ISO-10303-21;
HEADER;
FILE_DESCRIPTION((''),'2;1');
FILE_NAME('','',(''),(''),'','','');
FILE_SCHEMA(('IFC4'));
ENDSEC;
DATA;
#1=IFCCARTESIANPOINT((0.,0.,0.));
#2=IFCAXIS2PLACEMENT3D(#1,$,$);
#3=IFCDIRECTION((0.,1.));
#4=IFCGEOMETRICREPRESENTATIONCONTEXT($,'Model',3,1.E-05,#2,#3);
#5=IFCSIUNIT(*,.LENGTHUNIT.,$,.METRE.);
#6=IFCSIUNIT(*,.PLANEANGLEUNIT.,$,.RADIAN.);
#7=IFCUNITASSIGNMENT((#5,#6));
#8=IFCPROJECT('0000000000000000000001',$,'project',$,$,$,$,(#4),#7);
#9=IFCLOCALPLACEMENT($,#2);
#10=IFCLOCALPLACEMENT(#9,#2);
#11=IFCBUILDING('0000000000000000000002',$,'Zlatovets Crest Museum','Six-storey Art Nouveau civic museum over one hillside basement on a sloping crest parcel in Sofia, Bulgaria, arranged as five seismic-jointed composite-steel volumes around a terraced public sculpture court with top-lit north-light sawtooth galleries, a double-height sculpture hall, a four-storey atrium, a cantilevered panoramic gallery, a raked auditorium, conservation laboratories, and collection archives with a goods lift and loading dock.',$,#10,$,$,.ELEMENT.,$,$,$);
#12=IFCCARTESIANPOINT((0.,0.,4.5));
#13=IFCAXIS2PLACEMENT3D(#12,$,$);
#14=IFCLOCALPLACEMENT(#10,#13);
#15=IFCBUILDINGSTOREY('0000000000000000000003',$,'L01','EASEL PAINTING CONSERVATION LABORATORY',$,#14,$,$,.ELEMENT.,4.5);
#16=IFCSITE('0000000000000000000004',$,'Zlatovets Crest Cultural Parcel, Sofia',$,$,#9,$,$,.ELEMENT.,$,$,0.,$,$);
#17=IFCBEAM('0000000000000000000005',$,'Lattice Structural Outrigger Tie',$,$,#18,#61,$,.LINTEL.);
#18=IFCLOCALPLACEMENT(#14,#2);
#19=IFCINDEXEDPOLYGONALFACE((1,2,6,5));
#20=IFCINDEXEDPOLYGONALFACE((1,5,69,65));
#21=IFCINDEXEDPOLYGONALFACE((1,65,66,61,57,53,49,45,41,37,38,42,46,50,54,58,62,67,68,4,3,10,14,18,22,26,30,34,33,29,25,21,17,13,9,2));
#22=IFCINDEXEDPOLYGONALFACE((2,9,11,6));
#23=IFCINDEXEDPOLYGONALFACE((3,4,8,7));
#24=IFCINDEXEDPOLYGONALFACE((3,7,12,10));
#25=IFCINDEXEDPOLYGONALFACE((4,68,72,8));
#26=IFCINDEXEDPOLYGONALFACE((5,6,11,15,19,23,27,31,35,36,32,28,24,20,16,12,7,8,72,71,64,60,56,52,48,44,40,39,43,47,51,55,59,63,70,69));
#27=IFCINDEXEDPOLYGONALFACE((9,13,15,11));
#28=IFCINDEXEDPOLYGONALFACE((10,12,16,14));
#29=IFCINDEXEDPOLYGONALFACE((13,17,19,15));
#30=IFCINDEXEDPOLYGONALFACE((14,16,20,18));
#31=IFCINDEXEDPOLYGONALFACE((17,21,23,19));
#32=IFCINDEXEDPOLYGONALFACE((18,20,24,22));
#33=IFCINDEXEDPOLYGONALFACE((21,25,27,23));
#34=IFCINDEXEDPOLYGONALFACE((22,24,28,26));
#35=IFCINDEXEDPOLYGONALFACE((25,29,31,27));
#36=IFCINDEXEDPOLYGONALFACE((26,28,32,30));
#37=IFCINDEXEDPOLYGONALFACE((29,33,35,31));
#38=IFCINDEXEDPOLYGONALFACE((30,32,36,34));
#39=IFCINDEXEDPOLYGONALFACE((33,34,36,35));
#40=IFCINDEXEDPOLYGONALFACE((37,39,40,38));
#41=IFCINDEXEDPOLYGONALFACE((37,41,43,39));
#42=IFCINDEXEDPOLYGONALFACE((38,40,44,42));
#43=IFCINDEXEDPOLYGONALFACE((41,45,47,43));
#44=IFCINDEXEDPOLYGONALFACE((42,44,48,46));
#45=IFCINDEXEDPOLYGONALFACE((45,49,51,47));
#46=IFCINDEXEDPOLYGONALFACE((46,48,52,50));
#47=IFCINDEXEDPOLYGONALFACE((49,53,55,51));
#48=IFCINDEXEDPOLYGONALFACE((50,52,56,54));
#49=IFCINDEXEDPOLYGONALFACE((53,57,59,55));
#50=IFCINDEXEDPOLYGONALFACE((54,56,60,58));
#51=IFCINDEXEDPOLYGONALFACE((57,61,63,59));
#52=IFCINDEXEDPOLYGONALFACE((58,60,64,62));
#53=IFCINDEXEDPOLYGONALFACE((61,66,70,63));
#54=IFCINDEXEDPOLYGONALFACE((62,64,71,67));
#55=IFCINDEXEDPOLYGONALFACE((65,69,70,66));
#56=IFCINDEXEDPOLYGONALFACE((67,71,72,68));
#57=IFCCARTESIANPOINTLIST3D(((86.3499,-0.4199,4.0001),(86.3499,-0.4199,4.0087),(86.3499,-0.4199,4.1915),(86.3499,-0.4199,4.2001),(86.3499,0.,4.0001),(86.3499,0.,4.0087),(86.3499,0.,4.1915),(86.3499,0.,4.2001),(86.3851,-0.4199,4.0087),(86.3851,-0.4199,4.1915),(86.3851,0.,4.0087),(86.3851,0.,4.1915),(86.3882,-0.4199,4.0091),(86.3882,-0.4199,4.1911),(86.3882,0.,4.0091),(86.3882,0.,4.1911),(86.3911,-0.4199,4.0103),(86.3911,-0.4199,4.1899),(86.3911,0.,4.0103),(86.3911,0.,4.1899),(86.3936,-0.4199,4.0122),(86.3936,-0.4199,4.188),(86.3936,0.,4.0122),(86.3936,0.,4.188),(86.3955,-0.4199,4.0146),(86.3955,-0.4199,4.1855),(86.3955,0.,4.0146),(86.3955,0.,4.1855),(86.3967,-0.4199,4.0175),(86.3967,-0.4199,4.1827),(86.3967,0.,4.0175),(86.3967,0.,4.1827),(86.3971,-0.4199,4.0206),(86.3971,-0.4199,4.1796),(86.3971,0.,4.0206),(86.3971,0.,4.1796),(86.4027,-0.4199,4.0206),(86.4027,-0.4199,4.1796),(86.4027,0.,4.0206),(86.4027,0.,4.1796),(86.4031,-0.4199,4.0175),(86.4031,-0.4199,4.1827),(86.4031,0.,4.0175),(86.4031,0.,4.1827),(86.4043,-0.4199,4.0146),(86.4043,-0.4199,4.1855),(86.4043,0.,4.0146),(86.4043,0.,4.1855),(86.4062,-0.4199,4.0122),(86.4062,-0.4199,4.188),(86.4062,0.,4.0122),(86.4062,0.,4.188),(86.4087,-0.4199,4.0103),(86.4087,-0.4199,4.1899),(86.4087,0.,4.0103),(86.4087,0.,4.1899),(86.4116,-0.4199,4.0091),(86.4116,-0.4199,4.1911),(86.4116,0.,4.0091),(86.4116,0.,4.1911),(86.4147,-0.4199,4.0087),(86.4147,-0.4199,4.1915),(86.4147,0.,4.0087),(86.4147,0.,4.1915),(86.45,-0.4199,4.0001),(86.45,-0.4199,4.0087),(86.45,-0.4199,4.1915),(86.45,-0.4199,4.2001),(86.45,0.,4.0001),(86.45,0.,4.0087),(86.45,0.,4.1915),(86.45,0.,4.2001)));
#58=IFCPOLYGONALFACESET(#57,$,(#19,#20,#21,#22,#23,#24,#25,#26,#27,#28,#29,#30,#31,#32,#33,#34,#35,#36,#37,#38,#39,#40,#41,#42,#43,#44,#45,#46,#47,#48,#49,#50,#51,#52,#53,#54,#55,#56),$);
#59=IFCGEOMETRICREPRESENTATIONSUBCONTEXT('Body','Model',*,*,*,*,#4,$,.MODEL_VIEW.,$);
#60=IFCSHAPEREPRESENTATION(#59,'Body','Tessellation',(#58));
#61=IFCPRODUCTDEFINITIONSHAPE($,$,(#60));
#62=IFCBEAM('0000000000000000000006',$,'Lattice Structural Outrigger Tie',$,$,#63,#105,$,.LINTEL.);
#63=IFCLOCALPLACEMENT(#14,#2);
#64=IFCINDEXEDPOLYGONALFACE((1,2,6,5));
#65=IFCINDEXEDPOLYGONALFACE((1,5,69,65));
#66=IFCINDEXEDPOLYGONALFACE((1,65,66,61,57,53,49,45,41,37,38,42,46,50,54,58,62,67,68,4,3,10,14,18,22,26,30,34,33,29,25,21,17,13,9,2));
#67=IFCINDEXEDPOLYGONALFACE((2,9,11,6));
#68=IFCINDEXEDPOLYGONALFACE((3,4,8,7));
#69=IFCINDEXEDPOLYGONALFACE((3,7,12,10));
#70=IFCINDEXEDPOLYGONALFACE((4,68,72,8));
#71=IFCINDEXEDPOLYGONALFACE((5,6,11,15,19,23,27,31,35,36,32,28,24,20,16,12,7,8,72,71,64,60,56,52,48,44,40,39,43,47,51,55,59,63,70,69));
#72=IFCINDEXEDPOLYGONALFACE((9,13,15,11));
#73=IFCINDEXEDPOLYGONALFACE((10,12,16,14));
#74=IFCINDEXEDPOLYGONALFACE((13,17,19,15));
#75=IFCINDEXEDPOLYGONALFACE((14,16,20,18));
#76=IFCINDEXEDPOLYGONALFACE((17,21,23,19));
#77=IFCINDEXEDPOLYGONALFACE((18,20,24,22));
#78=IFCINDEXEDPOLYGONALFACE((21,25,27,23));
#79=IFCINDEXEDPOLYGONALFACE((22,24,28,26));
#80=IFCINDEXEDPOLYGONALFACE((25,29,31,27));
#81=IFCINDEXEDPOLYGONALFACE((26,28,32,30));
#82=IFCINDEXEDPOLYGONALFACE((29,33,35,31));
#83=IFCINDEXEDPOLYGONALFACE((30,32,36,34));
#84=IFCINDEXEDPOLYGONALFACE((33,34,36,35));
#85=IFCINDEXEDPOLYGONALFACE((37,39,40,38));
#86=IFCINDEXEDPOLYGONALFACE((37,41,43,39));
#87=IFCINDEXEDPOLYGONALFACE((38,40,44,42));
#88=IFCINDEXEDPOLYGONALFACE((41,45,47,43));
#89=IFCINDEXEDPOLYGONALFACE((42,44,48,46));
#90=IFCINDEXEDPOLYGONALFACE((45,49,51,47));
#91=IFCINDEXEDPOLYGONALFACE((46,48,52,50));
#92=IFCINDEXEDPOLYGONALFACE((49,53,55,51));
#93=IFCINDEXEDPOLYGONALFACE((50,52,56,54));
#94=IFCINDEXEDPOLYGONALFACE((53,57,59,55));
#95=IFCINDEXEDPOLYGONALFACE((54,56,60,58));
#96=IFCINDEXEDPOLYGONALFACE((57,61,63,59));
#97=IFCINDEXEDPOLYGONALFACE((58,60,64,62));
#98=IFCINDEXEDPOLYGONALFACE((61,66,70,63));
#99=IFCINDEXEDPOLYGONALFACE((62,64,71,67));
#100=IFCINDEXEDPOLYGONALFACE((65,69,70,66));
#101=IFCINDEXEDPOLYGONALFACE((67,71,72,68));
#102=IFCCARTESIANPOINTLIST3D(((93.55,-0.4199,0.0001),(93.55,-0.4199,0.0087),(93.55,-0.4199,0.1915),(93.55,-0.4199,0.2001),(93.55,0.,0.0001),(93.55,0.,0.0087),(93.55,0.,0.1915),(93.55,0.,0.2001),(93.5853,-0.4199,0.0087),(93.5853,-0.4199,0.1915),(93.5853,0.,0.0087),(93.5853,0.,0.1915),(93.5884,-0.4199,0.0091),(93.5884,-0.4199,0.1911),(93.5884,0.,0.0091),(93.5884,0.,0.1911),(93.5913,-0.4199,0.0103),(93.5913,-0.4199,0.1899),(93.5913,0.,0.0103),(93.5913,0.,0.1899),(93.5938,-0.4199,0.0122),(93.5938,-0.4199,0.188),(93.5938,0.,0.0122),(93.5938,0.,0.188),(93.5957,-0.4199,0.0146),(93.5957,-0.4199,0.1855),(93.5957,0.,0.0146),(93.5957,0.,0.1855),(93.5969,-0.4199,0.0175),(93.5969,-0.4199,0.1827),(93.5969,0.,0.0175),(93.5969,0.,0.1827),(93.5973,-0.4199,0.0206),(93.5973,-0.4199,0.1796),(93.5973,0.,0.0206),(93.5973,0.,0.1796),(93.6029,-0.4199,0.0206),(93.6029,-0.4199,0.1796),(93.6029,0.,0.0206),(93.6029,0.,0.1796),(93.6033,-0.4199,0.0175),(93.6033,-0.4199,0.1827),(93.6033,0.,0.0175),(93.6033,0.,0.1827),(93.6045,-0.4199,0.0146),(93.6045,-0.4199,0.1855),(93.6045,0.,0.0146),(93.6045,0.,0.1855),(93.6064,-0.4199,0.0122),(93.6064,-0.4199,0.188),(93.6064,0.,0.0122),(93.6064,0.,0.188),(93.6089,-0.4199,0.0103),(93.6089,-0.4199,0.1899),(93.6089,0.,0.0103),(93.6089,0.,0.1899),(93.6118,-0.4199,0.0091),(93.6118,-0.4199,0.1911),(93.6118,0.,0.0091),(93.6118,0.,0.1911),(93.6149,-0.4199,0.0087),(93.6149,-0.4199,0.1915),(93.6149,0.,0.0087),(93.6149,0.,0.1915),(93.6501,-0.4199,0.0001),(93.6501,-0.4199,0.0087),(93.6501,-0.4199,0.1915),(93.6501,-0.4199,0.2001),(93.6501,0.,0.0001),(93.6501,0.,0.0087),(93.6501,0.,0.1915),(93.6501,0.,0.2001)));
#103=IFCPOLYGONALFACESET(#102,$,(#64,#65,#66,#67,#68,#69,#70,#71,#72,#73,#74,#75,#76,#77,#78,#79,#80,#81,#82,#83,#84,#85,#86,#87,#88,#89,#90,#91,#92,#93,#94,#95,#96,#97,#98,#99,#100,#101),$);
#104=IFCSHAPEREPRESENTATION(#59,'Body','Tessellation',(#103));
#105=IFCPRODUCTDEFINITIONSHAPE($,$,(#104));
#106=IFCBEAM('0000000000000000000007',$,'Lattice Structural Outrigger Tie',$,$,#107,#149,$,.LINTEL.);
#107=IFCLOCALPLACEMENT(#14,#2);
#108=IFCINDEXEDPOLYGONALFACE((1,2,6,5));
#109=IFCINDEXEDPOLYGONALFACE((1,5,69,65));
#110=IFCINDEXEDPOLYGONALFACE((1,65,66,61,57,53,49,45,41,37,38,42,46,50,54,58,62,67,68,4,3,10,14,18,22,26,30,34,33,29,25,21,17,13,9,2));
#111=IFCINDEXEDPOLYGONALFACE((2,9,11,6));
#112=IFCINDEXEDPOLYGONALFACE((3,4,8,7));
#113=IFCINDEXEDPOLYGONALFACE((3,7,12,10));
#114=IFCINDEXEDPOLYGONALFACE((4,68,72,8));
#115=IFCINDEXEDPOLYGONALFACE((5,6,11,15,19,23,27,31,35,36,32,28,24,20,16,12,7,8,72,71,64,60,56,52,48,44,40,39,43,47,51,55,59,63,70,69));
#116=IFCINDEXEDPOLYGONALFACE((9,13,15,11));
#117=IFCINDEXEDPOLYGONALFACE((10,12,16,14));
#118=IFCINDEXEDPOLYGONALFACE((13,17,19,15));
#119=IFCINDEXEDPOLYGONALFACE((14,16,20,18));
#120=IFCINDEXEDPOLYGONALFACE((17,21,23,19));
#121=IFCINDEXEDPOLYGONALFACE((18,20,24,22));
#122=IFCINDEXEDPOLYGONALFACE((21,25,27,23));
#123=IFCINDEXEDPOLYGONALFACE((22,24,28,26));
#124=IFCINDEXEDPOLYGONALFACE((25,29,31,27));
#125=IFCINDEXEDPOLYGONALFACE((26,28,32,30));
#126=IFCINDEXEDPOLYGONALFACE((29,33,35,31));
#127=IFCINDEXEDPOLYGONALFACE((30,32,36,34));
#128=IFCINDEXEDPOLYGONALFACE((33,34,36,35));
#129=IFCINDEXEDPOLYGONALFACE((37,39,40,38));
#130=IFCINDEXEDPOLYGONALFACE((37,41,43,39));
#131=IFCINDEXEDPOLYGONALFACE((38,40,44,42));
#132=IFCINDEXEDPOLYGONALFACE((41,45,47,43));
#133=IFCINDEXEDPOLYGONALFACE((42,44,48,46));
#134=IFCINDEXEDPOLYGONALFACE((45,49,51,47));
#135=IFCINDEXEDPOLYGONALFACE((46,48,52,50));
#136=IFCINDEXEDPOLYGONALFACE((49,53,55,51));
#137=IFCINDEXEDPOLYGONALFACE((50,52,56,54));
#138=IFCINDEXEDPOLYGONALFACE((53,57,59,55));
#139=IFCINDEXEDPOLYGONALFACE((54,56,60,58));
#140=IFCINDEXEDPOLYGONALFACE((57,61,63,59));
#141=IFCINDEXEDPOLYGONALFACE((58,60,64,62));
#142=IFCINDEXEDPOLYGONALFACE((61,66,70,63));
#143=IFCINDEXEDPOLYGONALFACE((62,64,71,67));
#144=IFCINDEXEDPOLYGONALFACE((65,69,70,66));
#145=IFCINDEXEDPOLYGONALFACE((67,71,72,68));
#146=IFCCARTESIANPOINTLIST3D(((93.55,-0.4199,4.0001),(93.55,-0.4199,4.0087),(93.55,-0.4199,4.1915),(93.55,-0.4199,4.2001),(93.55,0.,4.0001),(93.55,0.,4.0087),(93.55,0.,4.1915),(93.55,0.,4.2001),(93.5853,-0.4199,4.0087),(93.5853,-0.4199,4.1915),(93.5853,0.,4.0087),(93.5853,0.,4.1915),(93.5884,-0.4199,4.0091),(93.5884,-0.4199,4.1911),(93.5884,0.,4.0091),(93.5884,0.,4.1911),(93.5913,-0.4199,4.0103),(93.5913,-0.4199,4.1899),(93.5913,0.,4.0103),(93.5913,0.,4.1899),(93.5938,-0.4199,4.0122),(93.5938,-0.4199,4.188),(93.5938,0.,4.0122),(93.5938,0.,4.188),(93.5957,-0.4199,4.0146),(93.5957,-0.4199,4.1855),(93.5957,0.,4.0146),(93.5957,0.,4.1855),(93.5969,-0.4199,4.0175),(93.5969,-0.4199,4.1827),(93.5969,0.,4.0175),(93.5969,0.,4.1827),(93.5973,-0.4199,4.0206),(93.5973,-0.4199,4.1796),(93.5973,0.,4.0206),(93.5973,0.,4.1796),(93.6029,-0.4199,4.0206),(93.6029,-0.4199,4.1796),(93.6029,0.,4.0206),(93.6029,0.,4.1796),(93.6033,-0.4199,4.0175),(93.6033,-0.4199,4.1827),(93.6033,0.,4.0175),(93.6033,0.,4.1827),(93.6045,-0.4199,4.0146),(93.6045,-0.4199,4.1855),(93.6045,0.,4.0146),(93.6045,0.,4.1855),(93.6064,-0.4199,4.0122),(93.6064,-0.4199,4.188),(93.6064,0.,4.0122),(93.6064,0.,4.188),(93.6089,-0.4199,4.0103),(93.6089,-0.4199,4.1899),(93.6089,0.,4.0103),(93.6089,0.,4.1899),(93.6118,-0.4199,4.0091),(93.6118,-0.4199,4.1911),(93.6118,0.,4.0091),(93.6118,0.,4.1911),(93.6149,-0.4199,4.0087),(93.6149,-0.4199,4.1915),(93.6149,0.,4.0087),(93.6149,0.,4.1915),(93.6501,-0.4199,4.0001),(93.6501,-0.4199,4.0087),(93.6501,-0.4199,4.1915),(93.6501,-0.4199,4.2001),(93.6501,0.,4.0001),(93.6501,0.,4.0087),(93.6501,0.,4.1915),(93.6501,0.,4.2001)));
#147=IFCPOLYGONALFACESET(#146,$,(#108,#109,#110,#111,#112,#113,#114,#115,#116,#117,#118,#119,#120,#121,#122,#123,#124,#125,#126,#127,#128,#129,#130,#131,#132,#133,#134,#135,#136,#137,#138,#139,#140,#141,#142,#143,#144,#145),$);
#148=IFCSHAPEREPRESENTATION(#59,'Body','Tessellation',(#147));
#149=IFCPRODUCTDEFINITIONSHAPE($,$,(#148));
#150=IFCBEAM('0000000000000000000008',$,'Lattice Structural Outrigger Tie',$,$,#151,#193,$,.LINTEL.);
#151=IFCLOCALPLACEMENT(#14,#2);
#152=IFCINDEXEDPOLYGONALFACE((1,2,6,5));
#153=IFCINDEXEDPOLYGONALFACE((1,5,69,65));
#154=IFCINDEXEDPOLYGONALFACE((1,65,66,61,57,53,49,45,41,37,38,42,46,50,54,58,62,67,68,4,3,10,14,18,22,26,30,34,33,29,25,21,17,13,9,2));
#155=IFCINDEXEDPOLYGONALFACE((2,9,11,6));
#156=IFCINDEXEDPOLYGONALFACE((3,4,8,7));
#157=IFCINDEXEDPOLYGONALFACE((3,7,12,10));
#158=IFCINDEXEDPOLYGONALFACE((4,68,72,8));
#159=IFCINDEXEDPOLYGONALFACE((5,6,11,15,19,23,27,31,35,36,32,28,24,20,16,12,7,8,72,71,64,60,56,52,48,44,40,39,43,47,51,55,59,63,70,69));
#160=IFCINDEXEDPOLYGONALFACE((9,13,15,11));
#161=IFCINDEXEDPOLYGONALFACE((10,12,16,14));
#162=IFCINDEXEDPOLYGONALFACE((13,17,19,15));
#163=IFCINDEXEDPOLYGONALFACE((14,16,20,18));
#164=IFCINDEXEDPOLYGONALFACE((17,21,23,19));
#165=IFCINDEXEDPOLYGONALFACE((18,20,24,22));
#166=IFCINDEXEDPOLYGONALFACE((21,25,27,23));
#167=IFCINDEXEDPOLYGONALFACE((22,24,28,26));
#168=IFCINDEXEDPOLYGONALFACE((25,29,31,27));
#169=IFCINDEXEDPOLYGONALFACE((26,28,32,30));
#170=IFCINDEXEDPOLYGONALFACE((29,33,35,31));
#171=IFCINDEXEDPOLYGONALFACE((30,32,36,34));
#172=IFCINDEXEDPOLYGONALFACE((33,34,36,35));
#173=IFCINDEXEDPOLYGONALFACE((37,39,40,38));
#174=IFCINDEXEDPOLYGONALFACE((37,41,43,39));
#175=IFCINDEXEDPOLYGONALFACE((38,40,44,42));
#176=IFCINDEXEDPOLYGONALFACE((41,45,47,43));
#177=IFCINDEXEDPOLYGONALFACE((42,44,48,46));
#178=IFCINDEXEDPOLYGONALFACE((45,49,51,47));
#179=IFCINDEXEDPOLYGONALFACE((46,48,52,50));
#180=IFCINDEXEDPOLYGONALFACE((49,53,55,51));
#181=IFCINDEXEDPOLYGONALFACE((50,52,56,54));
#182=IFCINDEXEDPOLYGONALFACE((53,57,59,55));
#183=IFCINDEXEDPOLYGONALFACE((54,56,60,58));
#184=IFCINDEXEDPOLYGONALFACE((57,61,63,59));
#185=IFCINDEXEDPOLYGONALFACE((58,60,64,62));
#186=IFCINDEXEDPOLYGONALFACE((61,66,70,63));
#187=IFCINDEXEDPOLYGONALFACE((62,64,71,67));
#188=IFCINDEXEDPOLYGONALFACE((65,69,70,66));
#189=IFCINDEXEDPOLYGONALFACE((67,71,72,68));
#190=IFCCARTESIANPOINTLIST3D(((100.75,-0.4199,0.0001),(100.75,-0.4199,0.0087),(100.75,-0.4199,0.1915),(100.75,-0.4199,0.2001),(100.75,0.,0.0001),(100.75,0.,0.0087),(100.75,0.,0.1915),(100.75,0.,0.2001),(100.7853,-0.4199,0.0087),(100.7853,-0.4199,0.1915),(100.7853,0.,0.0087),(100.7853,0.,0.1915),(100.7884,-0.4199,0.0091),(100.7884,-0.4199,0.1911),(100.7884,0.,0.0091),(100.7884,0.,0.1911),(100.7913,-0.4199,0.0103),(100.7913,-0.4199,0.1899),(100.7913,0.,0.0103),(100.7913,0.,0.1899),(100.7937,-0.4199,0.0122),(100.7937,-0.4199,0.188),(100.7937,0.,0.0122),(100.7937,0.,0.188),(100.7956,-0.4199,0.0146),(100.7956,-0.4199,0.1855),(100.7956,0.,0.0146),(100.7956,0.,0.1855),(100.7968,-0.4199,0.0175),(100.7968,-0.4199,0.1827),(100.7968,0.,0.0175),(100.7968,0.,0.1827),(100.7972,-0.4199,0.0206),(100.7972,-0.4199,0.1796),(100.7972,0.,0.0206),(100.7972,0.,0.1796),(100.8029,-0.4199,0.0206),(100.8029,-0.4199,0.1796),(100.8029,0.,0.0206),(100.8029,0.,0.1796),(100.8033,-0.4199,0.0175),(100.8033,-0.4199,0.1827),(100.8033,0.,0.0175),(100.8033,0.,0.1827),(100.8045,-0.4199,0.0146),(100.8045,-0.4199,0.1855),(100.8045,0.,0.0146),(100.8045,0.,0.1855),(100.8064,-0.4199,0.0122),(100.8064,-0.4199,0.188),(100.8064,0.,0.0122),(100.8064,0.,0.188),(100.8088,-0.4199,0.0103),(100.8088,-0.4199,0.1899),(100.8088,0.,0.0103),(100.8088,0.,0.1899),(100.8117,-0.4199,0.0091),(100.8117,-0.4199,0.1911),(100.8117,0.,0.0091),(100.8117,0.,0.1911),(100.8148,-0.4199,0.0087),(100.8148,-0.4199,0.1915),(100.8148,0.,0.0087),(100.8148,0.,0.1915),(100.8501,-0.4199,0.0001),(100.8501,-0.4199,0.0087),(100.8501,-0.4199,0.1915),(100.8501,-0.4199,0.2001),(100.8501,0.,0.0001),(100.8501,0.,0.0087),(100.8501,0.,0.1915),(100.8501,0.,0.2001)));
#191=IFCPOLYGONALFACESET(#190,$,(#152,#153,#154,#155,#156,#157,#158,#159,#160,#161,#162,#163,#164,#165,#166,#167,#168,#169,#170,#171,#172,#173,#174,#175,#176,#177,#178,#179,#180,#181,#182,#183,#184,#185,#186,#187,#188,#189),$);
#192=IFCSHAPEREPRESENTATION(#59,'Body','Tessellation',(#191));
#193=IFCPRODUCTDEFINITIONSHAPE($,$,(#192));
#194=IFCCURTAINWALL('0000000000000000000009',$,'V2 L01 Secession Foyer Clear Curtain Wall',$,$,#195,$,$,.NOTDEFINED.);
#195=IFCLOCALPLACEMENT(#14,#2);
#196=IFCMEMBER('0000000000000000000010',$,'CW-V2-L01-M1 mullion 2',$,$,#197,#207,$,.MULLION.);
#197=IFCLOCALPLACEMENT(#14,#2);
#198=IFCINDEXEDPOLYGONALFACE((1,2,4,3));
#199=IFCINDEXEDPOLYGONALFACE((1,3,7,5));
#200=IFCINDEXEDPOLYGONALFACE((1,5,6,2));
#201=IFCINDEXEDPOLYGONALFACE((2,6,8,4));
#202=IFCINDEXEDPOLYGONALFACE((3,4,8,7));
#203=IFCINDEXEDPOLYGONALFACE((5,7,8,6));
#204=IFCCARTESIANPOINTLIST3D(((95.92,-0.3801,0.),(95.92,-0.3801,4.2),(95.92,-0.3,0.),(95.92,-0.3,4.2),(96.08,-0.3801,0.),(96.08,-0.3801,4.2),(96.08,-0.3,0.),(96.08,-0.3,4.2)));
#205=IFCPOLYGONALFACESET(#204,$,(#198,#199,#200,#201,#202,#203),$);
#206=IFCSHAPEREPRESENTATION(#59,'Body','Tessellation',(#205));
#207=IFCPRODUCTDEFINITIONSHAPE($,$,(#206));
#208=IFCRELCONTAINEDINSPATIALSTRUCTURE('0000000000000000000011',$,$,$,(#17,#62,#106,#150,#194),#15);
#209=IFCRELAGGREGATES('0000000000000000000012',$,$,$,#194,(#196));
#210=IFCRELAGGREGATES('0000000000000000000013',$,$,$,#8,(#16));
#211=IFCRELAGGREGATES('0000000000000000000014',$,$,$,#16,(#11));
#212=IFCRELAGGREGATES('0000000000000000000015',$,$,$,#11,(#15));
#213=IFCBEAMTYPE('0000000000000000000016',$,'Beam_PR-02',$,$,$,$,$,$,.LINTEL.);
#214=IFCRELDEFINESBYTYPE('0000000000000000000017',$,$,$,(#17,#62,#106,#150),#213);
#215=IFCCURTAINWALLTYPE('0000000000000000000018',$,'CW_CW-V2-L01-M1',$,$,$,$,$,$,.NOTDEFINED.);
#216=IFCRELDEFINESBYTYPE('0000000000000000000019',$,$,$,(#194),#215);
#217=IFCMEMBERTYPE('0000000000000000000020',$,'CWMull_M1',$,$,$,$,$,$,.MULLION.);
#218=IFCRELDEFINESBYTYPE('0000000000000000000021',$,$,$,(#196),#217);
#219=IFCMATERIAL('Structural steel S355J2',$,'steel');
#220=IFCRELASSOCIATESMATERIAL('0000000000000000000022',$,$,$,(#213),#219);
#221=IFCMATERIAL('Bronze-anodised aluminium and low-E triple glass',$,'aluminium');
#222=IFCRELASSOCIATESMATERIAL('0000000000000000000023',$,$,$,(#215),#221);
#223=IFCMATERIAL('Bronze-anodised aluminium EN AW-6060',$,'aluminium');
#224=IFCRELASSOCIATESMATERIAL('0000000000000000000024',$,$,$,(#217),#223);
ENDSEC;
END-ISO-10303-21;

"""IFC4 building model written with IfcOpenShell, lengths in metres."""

from ifc_helpers import new_model, si_unit, direction, frame, origin, origin_2d, place, context, subcontext, project, spatial, rectangle, i_section, extrude, material, material_profile, profile_set, type_object, element, aggregate, save


model = new_model("IFC4")

# Units and contexts
model_context = context("Model", 3, precision=1e-05, world=origin(), true_north=direction((0.0, 1.0)))
body_context = subcontext(model_context, "Body", "Model", "MODEL_VIEW")
ifc_project = project(units=[si_unit("LENGTHUNIT", "METRE"), si_unit("PLANEANGLEUNIT", "RADIAN")], contexts=[model_context])

# Site, building, storey
site_placement = place(None, origin())
site = spatial("IfcSite", under=ifc_project, at=site_placement, Name="Zlatovets Crest Cultural Parcel, Sofia", CompositionType="ELEMENT", RefElevation=0.0)
building_placement = place(site_placement, origin())
building = spatial("IfcBuilding", under=site, at=building_placement, Name="Zlatovets Crest Museum", Description="Six-storey Art Nouveau civic museum over one hillside basement on a sloping crest parcel in Sofia, Bulgaria, arranged as five seismic-jointed composite-steel volumes around a terraced public sculpture court with top-lit north-light sawtooth galleries, a double-height sculpture hall, a four-storey atrium, a cantilevered panoramic gallery, a raked auditorium, conservation laboratories, and collection archives with a goods lift and loading dock.", CompositionType="ELEMENT")
storey_placement = place(building_placement, frame((0.0, 0.0, 4.5)))
storey = spatial("IfcBuildingStorey", under=building, at=storey_placement, Name="L01", Description="EASEL PAINTING CONSERVATION LABORATORY", CompositionType="ELEMENT", Elevation=4.5)

# Shared definitions
ifc_material_1 = material(Name="Structural steel S355J2", Category="steel")

# Beams
ifc_material_profile_1 = material_profile(ifc_material_1, i_section(OverallWidth=0.1001, OverallDepth=0.2, WebThickness=0.0056, FlangeThickness=0.0085, FilletRadius=0.012, at=origin_2d()), Name="IPE 200")
ifc_profile_set_1 = profile_set([ifc_material_profile_1], Name="Structural steel S355J2")
beam_type_1 = type_object("IfcBeamType", Name="Beam_PR-02", PredefinedType="LINTEL", material=ifc_profile_set_1)
for number, where, z_axis, x_axis, name in (
    (1, (86.3999, 0.0, 4.1001), (0.0, -1.0, 0.0), (1.0, 0.0, 0.0), "Lattice Structural Outrigger Tie"),
    (2, (93.6001, 0.0, 0.1001), (0.0, -1.0, 0.0), (1.0, 0.0, 0.0), "Lattice Structural Outrigger Tie"),
    (3, (93.6001, 0.0, 4.1001), (0.0, -1.0, 0.0), (1.0, 0.0, 0.0), "Lattice Structural Outrigger Tie"),
    (4, (100.8, 0.0, 0.1001), (0.0, -1.0, 0.0), (1.0, 0.0, 0.0), "Lattice Structural Outrigger Tie"),
):
    element("IfcBeam", number, at=place(storey_placement, frame(where, z_axis=z_axis, x_axis=x_axis)), inside=storey, type_object=beam_type_1, Name=name, PredefinedType="LINTEL", context=body_context, shape_type="SweptSolid", body=[
        extrude(i_section(OverallWidth=0.1001, OverallDepth=0.2, WebThickness=0.0056, FlangeThickness=0.0085, FilletRadius=0.012, at=origin_2d()), origin(), (0.0, 0.0, 1.0), 0.4199),
    ])

# Curtain wall, member
ifc_material_2 = material(Name="Bronze-anodised aluminium and low-E triple glass", Category="aluminium")
curtain_wall_type_1 = type_object("IfcCurtainWallType", Name="CW_CW-V2-L01-M1", PredefinedType="NOTDEFINED", material=ifc_material_2)
curtain_wall_1_placement = place(storey_placement, origin())
curtain_wall_1 = element("IfcCurtainWall", 5, at=curtain_wall_1_placement, inside=storey, type_object=curtain_wall_type_1, Name="V2 L01 Secession Foyer Clear Curtain Wall", PredefinedType="NOTDEFINED")
ifc_material_3 = material(Name="Bronze-anodised aluminium EN AW-6060", Category="aluminium")
ifc_material_profile_2 = material_profile(ifc_material_3, rectangle(XDim=0.0801, YDim=0.1599, at=origin_2d()), Name="ALU 80x160")
ifc_profile_set_2 = profile_set([ifc_material_profile_2], Name="Bronze-anodised aluminium EN AW-6060")
member_type_1 = type_object("IfcMemberType", Name="CWMull_M1", PredefinedType="MULLION", material=ifc_profile_set_2)
member_1_placement = place(storey_placement, frame((96.0, -0.3401, 0.0), z_axis=(0.0, 0.0, 1.0), x_axis=(0.0, 1.0, 0.0)))
member_1 = element("IfcMember", 6, at=member_1_placement, type_object=member_type_1, Name="CW-V2-L01-M1 mullion 2", PredefinedType="MULLION", context=body_context, shape_type="SweptSolid", body=[
    extrude(rectangle(XDim=0.0801, YDim=0.1599, at=origin_2d()), origin(), (0.0, 0.0, 1.0), 4.2),
])

aggregate(curtain_wall_1, [member_1])

save(model, "model.ifc")
